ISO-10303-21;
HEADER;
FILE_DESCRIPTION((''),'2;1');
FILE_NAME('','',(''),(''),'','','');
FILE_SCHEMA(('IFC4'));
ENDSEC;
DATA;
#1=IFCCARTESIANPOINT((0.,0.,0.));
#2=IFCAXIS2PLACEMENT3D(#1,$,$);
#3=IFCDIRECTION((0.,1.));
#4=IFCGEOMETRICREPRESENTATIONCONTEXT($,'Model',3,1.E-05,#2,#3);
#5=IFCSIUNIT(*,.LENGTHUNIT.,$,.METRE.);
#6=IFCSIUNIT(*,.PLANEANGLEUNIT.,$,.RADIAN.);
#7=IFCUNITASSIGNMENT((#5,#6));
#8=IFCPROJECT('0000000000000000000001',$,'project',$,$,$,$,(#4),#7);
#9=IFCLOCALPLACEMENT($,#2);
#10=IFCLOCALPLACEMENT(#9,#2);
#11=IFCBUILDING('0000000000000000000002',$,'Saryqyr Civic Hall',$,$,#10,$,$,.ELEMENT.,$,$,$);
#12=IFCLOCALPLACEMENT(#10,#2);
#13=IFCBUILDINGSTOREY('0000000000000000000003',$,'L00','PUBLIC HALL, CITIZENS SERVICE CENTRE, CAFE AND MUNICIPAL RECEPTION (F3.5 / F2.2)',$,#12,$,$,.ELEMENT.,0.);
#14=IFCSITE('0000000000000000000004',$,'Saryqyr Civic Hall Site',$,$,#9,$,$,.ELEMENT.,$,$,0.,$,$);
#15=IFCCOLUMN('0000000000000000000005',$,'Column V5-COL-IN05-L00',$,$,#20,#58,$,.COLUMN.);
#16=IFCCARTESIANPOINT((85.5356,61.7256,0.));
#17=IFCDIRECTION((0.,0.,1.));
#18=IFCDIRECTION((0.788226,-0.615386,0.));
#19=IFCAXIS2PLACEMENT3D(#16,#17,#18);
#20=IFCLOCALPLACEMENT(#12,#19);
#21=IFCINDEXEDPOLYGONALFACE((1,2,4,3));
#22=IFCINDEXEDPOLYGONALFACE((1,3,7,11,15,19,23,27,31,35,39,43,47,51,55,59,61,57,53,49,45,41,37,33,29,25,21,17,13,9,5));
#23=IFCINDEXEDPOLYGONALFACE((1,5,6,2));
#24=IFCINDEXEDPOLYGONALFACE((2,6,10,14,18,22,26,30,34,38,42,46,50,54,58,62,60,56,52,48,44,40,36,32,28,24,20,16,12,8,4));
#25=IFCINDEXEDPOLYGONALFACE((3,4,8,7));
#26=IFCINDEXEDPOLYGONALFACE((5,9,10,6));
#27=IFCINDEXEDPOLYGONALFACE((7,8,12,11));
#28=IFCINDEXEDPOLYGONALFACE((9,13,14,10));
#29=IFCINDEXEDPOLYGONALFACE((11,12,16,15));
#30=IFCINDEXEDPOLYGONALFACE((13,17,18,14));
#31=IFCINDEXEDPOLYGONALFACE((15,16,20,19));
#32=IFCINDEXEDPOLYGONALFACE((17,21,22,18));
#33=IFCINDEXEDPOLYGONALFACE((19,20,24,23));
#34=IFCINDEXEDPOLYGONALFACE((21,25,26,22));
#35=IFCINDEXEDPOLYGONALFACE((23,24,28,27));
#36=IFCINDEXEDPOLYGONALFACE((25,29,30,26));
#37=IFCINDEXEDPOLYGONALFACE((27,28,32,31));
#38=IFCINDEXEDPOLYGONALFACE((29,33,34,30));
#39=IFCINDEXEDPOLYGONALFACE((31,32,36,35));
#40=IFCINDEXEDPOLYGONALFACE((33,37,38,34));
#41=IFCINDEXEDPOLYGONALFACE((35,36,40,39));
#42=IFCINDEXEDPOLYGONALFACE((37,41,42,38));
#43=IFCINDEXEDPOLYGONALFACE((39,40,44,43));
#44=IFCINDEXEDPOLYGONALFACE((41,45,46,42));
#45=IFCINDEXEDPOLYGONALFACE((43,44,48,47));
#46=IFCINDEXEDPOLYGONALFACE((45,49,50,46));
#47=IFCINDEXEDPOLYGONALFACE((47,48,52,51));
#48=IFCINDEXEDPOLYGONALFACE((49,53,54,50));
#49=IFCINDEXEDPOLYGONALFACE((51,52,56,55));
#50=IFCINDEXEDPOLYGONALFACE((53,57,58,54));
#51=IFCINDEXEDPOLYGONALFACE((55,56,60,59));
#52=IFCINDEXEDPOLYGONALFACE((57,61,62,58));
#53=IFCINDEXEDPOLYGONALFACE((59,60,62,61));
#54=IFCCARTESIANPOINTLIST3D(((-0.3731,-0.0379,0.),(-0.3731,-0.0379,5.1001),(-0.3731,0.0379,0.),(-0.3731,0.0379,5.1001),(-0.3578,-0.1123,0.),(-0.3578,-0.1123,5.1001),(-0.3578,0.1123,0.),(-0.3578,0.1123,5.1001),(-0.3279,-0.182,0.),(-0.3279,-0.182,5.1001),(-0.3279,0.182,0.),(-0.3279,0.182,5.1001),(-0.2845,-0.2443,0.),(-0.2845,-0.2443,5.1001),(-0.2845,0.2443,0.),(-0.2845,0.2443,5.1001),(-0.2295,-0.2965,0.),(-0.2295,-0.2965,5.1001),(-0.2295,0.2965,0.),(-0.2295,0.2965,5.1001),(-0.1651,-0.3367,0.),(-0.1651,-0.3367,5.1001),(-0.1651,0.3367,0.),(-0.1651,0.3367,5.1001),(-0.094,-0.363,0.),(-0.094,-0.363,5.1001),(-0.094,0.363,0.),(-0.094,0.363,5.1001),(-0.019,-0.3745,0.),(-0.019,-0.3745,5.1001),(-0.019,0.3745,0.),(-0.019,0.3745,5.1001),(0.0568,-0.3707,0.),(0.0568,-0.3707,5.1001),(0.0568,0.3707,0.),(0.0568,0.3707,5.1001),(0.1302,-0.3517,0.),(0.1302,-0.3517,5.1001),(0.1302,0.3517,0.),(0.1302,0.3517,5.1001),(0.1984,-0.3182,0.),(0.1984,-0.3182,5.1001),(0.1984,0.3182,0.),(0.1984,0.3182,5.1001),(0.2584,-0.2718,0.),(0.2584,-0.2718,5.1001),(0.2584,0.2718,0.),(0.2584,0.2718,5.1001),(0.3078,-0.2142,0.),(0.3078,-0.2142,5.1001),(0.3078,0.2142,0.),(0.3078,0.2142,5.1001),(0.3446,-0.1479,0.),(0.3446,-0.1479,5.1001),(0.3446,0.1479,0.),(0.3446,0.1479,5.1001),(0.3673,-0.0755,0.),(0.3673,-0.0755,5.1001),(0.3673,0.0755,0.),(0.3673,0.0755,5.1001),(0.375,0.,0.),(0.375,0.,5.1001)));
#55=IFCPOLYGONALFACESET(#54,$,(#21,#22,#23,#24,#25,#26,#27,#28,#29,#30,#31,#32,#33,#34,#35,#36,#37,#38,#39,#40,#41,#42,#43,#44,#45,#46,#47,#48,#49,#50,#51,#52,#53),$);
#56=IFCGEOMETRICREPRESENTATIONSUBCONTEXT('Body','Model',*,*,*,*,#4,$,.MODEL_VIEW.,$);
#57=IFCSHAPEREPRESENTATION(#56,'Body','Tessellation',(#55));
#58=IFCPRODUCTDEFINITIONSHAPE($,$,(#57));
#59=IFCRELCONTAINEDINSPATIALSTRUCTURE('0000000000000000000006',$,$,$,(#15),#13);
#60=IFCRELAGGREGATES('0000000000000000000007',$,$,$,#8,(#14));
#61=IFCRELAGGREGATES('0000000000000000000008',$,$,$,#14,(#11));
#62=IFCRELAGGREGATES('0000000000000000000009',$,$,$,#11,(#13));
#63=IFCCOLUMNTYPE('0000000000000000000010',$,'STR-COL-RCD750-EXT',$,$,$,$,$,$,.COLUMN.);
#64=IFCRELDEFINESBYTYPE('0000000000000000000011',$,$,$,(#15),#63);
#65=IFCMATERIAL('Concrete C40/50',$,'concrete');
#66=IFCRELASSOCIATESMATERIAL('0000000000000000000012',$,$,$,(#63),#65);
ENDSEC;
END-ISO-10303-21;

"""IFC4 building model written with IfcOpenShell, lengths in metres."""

from ifc_helpers import new_model, si_unit, direction, frame, origin, origin_2d, place, context, subcontext, project, spatial, circle, extrude, material, material_profile, profile_set, type_object, element, save


model = new_model("IFC4")

# Units and contexts
model_context = context("Model", 3, precision=1e-05, world=origin(), true_north=direction((0.0, 1.0)))
body_context = subcontext(model_context, "Body", "Model", "MODEL_VIEW")
ifc_project = project(units=[si_unit("LENGTHUNIT", "METRE"), si_unit("PLANEANGLEUNIT", "RADIAN")], contexts=[model_context])

# Site, building, storey
site_placement = place(None, origin())
site = spatial("IfcSite", under=ifc_project, at=site_placement, Name="Saryqyr Civic Hall Site", CompositionType="ELEMENT", RefElevation=0.0)
building_placement = place(site_placement, origin())
building = spatial("IfcBuilding", under=site, at=building_placement, Name="Saryqyr Civic Hall", CompositionType="ELEMENT")
storey_placement = place(building_placement, origin())
storey = spatial("IfcBuildingStorey", under=building, at=storey_placement, Name="L00", Description="PUBLIC HALL, CITIZENS SERVICE CENTRE, CAFE AND MUNICIPAL RECEPTION (F3.5 / F2.2)", CompositionType="ELEMENT", Elevation=0.0)

# Column
ifc_material_1 = material(Name="Concrete C40/50", Category="concrete")
ifc_material_profile_1 = material_profile(ifc_material_1, circle(Radius=0.375, at=origin_2d()), Name="RC D750")
ifc_profile_set_1 = profile_set([ifc_material_profile_1], Name="Concrete C40/50")
column_type_1 = type_object("IfcColumnType", Name="STR-COL-RCD750-EXT", PredefinedType="COLUMN", material=ifc_profile_set_1)
column_placement = place(storey_placement, frame((85.5356, 61.7256, 0.0), z_axis=(0.0, 0.0, 1.0), x_axis=(0.788226, -0.615386, 0.0)))
element("IfcColumn", 1, at=column_placement, inside=storey, type_object=column_type_1, Name="Column V5-COL-IN05-L00", PredefinedType="COLUMN", context=body_context, shape_type="SweptSolid", body=[
    extrude(circle(Radius=0.375, at=origin_2d()), origin(), (0.0, 0.0, 1.0), 5.1001),
])

save(model, "model.ifc")
